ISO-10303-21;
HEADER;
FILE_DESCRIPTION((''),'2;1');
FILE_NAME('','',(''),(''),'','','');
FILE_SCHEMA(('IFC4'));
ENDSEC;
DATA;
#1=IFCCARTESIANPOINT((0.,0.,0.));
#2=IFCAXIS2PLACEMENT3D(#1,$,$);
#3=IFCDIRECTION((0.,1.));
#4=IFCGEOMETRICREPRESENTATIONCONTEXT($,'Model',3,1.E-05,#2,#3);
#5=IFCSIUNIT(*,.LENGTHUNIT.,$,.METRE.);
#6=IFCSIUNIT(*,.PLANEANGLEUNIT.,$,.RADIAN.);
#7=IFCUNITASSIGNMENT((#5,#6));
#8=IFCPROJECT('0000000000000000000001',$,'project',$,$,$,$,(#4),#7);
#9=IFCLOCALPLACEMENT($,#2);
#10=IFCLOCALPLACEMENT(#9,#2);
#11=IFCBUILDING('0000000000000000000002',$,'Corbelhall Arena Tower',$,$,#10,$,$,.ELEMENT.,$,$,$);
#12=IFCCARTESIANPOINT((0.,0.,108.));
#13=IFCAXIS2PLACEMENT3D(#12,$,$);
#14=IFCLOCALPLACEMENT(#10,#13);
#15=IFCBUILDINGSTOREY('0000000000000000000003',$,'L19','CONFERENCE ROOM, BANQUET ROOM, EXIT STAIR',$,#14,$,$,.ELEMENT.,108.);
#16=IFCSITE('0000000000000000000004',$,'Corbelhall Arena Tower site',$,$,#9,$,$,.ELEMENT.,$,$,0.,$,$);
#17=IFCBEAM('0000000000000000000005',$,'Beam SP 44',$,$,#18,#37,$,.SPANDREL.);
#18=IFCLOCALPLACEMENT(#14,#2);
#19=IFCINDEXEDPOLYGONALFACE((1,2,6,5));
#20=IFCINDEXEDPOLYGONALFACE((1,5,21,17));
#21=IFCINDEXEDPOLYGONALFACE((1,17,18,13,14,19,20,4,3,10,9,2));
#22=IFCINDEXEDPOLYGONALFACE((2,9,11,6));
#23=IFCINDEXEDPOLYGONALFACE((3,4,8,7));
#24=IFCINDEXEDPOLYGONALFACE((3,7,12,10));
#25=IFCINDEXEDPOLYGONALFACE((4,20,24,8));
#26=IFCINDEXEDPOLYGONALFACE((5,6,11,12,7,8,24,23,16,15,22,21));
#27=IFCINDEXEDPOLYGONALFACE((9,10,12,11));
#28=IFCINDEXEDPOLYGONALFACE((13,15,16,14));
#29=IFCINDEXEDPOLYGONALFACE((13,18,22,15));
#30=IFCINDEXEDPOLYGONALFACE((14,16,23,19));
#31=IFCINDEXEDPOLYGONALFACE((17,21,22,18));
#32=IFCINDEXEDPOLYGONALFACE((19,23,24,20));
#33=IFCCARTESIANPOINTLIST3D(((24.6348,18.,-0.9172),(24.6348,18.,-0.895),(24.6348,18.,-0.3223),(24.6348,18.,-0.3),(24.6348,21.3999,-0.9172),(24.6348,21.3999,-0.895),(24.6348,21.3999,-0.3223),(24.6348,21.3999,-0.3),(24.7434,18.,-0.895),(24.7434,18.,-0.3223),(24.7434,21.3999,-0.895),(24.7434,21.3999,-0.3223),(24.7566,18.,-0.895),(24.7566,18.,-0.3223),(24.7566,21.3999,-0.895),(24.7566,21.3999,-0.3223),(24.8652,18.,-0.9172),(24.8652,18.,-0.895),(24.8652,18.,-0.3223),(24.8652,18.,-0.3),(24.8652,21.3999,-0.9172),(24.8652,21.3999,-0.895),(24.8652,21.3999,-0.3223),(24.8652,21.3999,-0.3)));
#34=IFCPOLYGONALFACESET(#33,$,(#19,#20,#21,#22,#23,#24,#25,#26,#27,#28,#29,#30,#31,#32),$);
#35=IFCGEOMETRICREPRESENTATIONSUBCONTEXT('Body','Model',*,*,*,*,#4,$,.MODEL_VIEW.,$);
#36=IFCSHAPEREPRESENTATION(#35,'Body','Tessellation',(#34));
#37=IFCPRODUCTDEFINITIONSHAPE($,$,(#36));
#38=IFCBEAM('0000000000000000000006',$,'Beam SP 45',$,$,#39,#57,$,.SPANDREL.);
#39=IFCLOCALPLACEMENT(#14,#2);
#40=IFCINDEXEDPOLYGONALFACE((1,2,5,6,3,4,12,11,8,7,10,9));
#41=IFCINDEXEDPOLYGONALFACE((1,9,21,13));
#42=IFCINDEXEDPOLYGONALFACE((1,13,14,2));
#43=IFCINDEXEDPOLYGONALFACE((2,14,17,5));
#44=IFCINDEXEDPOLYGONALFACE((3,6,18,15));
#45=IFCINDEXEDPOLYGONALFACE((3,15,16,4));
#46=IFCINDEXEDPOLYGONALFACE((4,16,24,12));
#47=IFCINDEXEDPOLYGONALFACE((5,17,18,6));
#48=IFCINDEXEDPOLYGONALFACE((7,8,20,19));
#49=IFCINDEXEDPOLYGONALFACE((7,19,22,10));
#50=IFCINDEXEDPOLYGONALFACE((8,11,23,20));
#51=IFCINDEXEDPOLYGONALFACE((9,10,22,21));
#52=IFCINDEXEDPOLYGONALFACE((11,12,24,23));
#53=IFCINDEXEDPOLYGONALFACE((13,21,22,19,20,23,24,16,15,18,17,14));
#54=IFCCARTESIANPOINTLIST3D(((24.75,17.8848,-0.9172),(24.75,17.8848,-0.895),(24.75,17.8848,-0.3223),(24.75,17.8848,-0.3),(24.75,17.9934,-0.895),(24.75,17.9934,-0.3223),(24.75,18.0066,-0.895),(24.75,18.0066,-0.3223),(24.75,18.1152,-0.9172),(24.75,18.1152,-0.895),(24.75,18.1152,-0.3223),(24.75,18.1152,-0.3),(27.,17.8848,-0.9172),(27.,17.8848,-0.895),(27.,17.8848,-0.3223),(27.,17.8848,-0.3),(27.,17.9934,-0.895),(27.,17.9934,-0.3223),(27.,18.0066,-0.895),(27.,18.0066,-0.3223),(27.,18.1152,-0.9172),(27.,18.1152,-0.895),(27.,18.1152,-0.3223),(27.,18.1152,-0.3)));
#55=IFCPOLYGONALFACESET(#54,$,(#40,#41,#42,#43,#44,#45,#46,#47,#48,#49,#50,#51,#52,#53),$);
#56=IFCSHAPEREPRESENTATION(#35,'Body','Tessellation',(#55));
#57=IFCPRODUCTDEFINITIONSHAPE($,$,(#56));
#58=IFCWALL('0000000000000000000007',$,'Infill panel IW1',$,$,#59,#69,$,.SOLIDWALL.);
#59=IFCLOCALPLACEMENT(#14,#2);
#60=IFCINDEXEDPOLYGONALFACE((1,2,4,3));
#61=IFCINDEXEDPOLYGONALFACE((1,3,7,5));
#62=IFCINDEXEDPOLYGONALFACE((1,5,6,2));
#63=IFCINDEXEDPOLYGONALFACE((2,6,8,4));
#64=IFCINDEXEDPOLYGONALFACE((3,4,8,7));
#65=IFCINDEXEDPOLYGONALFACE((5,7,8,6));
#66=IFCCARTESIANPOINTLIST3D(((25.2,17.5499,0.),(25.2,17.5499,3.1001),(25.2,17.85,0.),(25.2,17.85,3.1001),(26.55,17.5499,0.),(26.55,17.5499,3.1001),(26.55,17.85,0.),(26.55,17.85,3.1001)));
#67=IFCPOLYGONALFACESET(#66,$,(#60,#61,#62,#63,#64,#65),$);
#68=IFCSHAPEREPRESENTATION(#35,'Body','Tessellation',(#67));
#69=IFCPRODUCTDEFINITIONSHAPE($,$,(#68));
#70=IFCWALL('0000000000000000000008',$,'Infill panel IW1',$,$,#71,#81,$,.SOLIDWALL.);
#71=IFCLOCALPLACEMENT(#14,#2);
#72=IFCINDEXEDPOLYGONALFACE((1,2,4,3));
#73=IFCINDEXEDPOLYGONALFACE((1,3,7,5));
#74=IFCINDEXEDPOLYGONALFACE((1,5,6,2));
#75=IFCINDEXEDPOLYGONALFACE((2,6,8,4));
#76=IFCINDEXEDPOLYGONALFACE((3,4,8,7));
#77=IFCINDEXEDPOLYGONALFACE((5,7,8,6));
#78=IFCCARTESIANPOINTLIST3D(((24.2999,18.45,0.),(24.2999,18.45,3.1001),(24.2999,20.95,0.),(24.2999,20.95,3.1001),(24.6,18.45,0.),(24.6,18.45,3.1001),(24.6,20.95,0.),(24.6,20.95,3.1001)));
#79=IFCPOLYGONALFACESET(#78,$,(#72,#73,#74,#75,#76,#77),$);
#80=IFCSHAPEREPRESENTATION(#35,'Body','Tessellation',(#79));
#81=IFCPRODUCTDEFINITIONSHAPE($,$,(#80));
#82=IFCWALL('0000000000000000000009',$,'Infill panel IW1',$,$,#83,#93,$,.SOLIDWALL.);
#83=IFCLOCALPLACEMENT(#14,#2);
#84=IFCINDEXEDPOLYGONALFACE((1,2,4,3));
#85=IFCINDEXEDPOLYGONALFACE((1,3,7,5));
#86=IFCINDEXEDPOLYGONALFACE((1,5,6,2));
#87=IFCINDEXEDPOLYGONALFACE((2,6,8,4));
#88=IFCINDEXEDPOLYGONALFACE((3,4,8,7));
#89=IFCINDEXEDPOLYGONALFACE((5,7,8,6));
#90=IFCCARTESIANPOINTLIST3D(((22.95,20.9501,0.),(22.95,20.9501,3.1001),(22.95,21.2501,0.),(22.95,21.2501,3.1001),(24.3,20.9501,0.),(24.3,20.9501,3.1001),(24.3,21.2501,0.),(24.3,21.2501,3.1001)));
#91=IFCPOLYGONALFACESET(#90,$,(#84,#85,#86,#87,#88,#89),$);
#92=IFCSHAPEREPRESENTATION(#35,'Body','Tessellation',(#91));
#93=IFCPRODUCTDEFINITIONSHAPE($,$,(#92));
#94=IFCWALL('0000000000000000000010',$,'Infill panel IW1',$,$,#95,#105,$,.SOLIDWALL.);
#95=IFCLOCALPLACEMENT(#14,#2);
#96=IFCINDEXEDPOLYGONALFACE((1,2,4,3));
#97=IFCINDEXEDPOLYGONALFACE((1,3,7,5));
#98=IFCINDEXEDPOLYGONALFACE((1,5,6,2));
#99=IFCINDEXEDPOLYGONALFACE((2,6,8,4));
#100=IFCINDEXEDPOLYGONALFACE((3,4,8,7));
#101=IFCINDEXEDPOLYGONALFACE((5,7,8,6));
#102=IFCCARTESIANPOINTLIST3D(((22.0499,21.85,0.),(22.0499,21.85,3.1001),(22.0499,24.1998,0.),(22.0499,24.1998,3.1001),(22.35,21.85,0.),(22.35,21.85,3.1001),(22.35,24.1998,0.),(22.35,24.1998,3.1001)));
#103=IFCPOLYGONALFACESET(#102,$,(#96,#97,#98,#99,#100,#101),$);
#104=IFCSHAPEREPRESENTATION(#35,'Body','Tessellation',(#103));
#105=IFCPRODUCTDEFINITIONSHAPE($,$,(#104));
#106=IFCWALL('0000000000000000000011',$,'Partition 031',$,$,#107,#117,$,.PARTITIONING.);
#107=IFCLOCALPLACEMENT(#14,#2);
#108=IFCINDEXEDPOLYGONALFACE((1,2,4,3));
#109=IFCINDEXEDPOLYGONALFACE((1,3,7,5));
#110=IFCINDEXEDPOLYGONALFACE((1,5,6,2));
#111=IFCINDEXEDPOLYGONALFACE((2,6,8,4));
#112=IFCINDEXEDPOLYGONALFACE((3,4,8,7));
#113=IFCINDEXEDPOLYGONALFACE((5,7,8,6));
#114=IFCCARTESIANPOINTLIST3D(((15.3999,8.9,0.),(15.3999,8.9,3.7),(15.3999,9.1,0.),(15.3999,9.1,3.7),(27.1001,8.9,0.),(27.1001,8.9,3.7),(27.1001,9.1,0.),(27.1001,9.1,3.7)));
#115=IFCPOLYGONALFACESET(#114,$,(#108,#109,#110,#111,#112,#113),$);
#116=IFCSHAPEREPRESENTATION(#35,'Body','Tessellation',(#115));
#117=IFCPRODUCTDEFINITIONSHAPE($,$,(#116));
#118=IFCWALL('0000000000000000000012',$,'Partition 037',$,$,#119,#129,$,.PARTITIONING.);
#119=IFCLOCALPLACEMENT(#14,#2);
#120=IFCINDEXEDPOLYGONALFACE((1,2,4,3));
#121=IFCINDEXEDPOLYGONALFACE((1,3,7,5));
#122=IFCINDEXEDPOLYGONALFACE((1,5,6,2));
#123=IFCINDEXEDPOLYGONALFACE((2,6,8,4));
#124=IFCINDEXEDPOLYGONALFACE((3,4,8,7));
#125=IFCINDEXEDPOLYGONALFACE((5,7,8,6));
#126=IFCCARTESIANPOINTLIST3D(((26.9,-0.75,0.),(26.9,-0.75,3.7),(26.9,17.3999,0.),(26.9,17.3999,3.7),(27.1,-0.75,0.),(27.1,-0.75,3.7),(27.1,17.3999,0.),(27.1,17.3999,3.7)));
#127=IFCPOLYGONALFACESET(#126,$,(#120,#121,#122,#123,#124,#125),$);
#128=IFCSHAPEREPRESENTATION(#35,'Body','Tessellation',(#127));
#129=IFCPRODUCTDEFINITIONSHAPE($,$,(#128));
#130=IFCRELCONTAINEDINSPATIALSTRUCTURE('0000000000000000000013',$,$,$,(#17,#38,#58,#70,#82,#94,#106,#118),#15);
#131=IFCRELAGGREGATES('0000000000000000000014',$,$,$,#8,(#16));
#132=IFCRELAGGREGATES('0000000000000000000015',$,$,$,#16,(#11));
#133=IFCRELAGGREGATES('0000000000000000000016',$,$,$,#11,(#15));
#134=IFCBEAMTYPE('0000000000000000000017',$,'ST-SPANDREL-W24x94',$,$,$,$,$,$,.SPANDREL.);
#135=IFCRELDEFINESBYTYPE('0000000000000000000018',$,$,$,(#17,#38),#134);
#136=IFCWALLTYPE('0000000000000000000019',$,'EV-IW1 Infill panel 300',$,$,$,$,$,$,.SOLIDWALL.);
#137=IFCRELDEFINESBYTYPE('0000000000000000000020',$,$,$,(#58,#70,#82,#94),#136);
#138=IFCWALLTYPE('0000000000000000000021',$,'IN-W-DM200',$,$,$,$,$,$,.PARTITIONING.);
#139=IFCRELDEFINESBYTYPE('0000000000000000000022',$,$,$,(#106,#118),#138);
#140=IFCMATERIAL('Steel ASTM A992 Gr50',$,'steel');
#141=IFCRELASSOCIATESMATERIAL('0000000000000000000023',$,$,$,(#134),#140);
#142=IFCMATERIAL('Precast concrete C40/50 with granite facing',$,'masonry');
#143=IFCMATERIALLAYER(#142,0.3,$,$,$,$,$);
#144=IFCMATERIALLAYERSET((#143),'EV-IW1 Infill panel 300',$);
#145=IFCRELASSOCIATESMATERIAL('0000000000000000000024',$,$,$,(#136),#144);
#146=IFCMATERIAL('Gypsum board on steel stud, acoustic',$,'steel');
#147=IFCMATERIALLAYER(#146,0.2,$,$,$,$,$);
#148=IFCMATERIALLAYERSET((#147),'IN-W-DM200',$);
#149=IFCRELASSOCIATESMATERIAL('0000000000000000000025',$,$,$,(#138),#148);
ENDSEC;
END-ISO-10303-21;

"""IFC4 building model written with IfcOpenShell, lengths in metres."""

from ifc_helpers import new_model, si_unit, direction, frame, frame_2d, origin, origin_2d, place, context, subcontext, project, spatial, rectangle, i_section, extrude, material, layer, layer_set, material_profile, profile_set, type_object, element, save


model = new_model("IFC4")

# Units and contexts
model_context = context("Model", 3, precision=1e-05, world=origin(), true_north=direction((0.0, 1.0)))
body_context = subcontext(model_context, "Body", "Model", "MODEL_VIEW")
ifc_project = project(units=[si_unit("LENGTHUNIT", "METRE"), si_unit("PLANEANGLEUNIT", "RADIAN")], contexts=[model_context])

# Site, building, storey
site_placement = place(None, origin())
site = spatial("IfcSite", under=ifc_project, at=site_placement, Name="Corbelhall Arena Tower site", CompositionType="ELEMENT", RefElevation=0.0)
building_placement = place(site_placement, origin())
building = spatial("IfcBuilding", under=site, at=building_placement, Name="Corbelhall Arena Tower", CompositionType="ELEMENT")
storey_placement = place(building_placement, frame((0.0, 0.0, 108.0)))
storey = spatial("IfcBuildingStorey", under=building, at=storey_placement, Name="L19", Description="CONFERENCE ROOM, BANQUET ROOM, EXIT STAIR", CompositionType="ELEMENT", Elevation=108.0)

# Beams
ifc_material_1 = material(Name="Steel ASTM A992 Gr50", Category="steel")
ifc_material_profile_1 = material_profile(ifc_material_1, i_section(OverallWidth=0.2305, OverallDepth=0.6172, WebThickness=0.0132, FlangeThickness=0.0222, at=origin_2d()))
ifc_profile_set_1 = profile_set([ifc_material_profile_1], Name="Steel ASTM A992 Gr50")
beam_type = type_object("IfcBeamType", Name="ST-SPANDREL-W24x94", PredefinedType="SPANDREL", material=ifc_profile_set_1)
beam_1_placement = place(storey_placement, frame((24.75, 21.3999, -0.6086), z_axis=(0.0, -1.0, 0.0), x_axis=(1.0, 0.0, 0.0)))
element("IfcBeam", 1, at=beam_1_placement, inside=storey, type_object=beam_type, Name="Beam SP 44", PredefinedType="SPANDREL", context=body_context, shape_type="SweptSolid", body=[
    extrude(i_section(OverallWidth=0.2305, OverallDepth=0.6172, WebThickness=0.0132, FlangeThickness=0.0222, at=origin_2d()), origin(), (0.0, 0.0, 1.0), 3.3999),
])
beam_2_placement = place(storey_placement, frame((24.75, 18.0, -0.6086), z_axis=(1.0, 0.0, 0.0), x_axis=(0.0, 1.0, 0.0)))
element("IfcBeam", 2, at=beam_2_placement, inside=storey, type_object=beam_type, Name="Beam SP 45", PredefinedType="SPANDREL", context=body_context, shape_type="SweptSolid", body=[
    extrude(i_section(OverallWidth=0.2305, OverallDepth=0.6172, WebThickness=0.0132, FlangeThickness=0.0222, at=origin_2d()), origin(), (0.0, 0.0, 1.0), 2.25),
])

# Walls
ifc_material_2 = material(Name="Precast concrete C40/50 with granite facing", Category="masonry")
ifc_layer_1 = layer(ifc_material_2, 0.3)
ifc_layer_set_1 = layer_set([ifc_layer_1], Name="EV-IW1 Infill panel 300")
wall_type_1 = type_object("IfcWallType", Name="EV-IW1 Infill panel 300", PredefinedType="SOLIDWALL", material=ifc_layer_set_1)
wall_1_placement = place(storey_placement, frame((26.55, 17.7, 0.0), z_axis=(0.0, 0.0, 1.0), x_axis=(-1.0, 0.0, 0.0)))
element("IfcWall", 3, at=wall_1_placement, inside=storey, type_object=wall_type_1, Name="Infill panel IW1", PredefinedType="SOLIDWALL", context=body_context, shape_type="SweptSolid", body=[
    extrude(rectangle(XDim=1.3501, YDim=0.3, at=frame_2d((0.675, 0.0))), origin(), (0.0, 0.0, 1.0), 3.1001),
])
wall_2_placement = place(storey_placement, frame((24.45, 18.45, 0.0), z_axis=(0.0, 0.0, 1.0), x_axis=(0.0, 1.0, 0.0)))
element("IfcWall", 4, at=wall_2_placement, inside=storey, type_object=wall_type_1, Name="Infill panel IW1", PredefinedType="SOLIDWALL", context=body_context, shape_type="SweptSolid", body=[
    extrude(rectangle(XDim=2.5, YDim=0.3, at=frame_2d((1.25, 0.0))), origin(), (0.0, 0.0, 1.0), 3.1001),
])
wall_3_placement = place(storey_placement, frame((24.3, 21.1001, 0.0), z_axis=(0.0, 0.0, 1.0), x_axis=(-1.0, 0.0, 0.0)))
element("IfcWall", 5, at=wall_3_placement, inside=storey, type_object=wall_type_1, Name="Infill panel IW1", PredefinedType="SOLIDWALL", context=body_context, shape_type="SweptSolid", body=[
    extrude(rectangle(XDim=1.3501, YDim=0.3, at=frame_2d((0.675, 0.0))), origin(), (0.0, 0.0, 1.0), 3.1001),
])
wall_4_placement = place(storey_placement, frame((22.2, 21.8501, 0.0), z_axis=(0.0, 0.0, 1.0), x_axis=(0.0, 1.0, 0.0)))
element("IfcWall", 6, at=wall_4_placement, inside=storey, type_object=wall_type_1, Name="Infill panel IW1", PredefinedType="SOLIDWALL", context=body_context, shape_type="SweptSolid", body=[
    extrude(rectangle(XDim=2.3499, YDim=0.3, at=frame_2d((1.1748, 0.0))), origin(), (0.0, 0.0, 1.0), 3.1001),
])

# Wall
ifc_material_3 = material(Name="Gypsum board on steel stud, acoustic", Category="steel")
ifc_layer_2 = layer(ifc_material_3, 0.2)
ifc_layer_set_2 = layer_set([ifc_layer_2], Name="IN-W-DM200")
wall_type_2 = type_object("IfcWallType", Name="IN-W-DM200", PredefinedType="PARTITIONING", material=ifc_layer_set_2)
wall_5_placement = place(storey_placement, frame((15.3999, 9.0, 0.0), z_axis=(0.0, 0.0, 1.0), x_axis=(1.0, 0.0, 0.0)))
element("IfcWall", 7, at=wall_5_placement, inside=storey, type_object=wall_type_2, Name="Partition 031", PredefinedType="PARTITIONING", context=body_context, shape_type="SweptSolid", body=[
    extrude(rectangle(XDim=11.7002, YDim=0.2, at=frame_2d((5.8501, 0.0))), origin(), (0.0, 0.0, 1.0), 3.7),
])

# Wall
wall_6_placement = place(storey_placement, frame((27.0, 17.3999, 0.0), z_axis=(0.0, 0.0, 1.0), x_axis=(0.0, -1.0, 0.0)))
element("IfcWall", 8, at=wall_6_placement, inside=storey, type_object=wall_type_2, Name="Partition 037", PredefinedType="PARTITIONING", context=body_context, shape_type="SweptSolid", body=[
    extrude(rectangle(XDim=18.1499, YDim=0.2, at=frame_2d((9.075, 0.0))), origin(), (0.0, 0.0, 1.0), 3.7),
])

save(model, "model.ifc")
